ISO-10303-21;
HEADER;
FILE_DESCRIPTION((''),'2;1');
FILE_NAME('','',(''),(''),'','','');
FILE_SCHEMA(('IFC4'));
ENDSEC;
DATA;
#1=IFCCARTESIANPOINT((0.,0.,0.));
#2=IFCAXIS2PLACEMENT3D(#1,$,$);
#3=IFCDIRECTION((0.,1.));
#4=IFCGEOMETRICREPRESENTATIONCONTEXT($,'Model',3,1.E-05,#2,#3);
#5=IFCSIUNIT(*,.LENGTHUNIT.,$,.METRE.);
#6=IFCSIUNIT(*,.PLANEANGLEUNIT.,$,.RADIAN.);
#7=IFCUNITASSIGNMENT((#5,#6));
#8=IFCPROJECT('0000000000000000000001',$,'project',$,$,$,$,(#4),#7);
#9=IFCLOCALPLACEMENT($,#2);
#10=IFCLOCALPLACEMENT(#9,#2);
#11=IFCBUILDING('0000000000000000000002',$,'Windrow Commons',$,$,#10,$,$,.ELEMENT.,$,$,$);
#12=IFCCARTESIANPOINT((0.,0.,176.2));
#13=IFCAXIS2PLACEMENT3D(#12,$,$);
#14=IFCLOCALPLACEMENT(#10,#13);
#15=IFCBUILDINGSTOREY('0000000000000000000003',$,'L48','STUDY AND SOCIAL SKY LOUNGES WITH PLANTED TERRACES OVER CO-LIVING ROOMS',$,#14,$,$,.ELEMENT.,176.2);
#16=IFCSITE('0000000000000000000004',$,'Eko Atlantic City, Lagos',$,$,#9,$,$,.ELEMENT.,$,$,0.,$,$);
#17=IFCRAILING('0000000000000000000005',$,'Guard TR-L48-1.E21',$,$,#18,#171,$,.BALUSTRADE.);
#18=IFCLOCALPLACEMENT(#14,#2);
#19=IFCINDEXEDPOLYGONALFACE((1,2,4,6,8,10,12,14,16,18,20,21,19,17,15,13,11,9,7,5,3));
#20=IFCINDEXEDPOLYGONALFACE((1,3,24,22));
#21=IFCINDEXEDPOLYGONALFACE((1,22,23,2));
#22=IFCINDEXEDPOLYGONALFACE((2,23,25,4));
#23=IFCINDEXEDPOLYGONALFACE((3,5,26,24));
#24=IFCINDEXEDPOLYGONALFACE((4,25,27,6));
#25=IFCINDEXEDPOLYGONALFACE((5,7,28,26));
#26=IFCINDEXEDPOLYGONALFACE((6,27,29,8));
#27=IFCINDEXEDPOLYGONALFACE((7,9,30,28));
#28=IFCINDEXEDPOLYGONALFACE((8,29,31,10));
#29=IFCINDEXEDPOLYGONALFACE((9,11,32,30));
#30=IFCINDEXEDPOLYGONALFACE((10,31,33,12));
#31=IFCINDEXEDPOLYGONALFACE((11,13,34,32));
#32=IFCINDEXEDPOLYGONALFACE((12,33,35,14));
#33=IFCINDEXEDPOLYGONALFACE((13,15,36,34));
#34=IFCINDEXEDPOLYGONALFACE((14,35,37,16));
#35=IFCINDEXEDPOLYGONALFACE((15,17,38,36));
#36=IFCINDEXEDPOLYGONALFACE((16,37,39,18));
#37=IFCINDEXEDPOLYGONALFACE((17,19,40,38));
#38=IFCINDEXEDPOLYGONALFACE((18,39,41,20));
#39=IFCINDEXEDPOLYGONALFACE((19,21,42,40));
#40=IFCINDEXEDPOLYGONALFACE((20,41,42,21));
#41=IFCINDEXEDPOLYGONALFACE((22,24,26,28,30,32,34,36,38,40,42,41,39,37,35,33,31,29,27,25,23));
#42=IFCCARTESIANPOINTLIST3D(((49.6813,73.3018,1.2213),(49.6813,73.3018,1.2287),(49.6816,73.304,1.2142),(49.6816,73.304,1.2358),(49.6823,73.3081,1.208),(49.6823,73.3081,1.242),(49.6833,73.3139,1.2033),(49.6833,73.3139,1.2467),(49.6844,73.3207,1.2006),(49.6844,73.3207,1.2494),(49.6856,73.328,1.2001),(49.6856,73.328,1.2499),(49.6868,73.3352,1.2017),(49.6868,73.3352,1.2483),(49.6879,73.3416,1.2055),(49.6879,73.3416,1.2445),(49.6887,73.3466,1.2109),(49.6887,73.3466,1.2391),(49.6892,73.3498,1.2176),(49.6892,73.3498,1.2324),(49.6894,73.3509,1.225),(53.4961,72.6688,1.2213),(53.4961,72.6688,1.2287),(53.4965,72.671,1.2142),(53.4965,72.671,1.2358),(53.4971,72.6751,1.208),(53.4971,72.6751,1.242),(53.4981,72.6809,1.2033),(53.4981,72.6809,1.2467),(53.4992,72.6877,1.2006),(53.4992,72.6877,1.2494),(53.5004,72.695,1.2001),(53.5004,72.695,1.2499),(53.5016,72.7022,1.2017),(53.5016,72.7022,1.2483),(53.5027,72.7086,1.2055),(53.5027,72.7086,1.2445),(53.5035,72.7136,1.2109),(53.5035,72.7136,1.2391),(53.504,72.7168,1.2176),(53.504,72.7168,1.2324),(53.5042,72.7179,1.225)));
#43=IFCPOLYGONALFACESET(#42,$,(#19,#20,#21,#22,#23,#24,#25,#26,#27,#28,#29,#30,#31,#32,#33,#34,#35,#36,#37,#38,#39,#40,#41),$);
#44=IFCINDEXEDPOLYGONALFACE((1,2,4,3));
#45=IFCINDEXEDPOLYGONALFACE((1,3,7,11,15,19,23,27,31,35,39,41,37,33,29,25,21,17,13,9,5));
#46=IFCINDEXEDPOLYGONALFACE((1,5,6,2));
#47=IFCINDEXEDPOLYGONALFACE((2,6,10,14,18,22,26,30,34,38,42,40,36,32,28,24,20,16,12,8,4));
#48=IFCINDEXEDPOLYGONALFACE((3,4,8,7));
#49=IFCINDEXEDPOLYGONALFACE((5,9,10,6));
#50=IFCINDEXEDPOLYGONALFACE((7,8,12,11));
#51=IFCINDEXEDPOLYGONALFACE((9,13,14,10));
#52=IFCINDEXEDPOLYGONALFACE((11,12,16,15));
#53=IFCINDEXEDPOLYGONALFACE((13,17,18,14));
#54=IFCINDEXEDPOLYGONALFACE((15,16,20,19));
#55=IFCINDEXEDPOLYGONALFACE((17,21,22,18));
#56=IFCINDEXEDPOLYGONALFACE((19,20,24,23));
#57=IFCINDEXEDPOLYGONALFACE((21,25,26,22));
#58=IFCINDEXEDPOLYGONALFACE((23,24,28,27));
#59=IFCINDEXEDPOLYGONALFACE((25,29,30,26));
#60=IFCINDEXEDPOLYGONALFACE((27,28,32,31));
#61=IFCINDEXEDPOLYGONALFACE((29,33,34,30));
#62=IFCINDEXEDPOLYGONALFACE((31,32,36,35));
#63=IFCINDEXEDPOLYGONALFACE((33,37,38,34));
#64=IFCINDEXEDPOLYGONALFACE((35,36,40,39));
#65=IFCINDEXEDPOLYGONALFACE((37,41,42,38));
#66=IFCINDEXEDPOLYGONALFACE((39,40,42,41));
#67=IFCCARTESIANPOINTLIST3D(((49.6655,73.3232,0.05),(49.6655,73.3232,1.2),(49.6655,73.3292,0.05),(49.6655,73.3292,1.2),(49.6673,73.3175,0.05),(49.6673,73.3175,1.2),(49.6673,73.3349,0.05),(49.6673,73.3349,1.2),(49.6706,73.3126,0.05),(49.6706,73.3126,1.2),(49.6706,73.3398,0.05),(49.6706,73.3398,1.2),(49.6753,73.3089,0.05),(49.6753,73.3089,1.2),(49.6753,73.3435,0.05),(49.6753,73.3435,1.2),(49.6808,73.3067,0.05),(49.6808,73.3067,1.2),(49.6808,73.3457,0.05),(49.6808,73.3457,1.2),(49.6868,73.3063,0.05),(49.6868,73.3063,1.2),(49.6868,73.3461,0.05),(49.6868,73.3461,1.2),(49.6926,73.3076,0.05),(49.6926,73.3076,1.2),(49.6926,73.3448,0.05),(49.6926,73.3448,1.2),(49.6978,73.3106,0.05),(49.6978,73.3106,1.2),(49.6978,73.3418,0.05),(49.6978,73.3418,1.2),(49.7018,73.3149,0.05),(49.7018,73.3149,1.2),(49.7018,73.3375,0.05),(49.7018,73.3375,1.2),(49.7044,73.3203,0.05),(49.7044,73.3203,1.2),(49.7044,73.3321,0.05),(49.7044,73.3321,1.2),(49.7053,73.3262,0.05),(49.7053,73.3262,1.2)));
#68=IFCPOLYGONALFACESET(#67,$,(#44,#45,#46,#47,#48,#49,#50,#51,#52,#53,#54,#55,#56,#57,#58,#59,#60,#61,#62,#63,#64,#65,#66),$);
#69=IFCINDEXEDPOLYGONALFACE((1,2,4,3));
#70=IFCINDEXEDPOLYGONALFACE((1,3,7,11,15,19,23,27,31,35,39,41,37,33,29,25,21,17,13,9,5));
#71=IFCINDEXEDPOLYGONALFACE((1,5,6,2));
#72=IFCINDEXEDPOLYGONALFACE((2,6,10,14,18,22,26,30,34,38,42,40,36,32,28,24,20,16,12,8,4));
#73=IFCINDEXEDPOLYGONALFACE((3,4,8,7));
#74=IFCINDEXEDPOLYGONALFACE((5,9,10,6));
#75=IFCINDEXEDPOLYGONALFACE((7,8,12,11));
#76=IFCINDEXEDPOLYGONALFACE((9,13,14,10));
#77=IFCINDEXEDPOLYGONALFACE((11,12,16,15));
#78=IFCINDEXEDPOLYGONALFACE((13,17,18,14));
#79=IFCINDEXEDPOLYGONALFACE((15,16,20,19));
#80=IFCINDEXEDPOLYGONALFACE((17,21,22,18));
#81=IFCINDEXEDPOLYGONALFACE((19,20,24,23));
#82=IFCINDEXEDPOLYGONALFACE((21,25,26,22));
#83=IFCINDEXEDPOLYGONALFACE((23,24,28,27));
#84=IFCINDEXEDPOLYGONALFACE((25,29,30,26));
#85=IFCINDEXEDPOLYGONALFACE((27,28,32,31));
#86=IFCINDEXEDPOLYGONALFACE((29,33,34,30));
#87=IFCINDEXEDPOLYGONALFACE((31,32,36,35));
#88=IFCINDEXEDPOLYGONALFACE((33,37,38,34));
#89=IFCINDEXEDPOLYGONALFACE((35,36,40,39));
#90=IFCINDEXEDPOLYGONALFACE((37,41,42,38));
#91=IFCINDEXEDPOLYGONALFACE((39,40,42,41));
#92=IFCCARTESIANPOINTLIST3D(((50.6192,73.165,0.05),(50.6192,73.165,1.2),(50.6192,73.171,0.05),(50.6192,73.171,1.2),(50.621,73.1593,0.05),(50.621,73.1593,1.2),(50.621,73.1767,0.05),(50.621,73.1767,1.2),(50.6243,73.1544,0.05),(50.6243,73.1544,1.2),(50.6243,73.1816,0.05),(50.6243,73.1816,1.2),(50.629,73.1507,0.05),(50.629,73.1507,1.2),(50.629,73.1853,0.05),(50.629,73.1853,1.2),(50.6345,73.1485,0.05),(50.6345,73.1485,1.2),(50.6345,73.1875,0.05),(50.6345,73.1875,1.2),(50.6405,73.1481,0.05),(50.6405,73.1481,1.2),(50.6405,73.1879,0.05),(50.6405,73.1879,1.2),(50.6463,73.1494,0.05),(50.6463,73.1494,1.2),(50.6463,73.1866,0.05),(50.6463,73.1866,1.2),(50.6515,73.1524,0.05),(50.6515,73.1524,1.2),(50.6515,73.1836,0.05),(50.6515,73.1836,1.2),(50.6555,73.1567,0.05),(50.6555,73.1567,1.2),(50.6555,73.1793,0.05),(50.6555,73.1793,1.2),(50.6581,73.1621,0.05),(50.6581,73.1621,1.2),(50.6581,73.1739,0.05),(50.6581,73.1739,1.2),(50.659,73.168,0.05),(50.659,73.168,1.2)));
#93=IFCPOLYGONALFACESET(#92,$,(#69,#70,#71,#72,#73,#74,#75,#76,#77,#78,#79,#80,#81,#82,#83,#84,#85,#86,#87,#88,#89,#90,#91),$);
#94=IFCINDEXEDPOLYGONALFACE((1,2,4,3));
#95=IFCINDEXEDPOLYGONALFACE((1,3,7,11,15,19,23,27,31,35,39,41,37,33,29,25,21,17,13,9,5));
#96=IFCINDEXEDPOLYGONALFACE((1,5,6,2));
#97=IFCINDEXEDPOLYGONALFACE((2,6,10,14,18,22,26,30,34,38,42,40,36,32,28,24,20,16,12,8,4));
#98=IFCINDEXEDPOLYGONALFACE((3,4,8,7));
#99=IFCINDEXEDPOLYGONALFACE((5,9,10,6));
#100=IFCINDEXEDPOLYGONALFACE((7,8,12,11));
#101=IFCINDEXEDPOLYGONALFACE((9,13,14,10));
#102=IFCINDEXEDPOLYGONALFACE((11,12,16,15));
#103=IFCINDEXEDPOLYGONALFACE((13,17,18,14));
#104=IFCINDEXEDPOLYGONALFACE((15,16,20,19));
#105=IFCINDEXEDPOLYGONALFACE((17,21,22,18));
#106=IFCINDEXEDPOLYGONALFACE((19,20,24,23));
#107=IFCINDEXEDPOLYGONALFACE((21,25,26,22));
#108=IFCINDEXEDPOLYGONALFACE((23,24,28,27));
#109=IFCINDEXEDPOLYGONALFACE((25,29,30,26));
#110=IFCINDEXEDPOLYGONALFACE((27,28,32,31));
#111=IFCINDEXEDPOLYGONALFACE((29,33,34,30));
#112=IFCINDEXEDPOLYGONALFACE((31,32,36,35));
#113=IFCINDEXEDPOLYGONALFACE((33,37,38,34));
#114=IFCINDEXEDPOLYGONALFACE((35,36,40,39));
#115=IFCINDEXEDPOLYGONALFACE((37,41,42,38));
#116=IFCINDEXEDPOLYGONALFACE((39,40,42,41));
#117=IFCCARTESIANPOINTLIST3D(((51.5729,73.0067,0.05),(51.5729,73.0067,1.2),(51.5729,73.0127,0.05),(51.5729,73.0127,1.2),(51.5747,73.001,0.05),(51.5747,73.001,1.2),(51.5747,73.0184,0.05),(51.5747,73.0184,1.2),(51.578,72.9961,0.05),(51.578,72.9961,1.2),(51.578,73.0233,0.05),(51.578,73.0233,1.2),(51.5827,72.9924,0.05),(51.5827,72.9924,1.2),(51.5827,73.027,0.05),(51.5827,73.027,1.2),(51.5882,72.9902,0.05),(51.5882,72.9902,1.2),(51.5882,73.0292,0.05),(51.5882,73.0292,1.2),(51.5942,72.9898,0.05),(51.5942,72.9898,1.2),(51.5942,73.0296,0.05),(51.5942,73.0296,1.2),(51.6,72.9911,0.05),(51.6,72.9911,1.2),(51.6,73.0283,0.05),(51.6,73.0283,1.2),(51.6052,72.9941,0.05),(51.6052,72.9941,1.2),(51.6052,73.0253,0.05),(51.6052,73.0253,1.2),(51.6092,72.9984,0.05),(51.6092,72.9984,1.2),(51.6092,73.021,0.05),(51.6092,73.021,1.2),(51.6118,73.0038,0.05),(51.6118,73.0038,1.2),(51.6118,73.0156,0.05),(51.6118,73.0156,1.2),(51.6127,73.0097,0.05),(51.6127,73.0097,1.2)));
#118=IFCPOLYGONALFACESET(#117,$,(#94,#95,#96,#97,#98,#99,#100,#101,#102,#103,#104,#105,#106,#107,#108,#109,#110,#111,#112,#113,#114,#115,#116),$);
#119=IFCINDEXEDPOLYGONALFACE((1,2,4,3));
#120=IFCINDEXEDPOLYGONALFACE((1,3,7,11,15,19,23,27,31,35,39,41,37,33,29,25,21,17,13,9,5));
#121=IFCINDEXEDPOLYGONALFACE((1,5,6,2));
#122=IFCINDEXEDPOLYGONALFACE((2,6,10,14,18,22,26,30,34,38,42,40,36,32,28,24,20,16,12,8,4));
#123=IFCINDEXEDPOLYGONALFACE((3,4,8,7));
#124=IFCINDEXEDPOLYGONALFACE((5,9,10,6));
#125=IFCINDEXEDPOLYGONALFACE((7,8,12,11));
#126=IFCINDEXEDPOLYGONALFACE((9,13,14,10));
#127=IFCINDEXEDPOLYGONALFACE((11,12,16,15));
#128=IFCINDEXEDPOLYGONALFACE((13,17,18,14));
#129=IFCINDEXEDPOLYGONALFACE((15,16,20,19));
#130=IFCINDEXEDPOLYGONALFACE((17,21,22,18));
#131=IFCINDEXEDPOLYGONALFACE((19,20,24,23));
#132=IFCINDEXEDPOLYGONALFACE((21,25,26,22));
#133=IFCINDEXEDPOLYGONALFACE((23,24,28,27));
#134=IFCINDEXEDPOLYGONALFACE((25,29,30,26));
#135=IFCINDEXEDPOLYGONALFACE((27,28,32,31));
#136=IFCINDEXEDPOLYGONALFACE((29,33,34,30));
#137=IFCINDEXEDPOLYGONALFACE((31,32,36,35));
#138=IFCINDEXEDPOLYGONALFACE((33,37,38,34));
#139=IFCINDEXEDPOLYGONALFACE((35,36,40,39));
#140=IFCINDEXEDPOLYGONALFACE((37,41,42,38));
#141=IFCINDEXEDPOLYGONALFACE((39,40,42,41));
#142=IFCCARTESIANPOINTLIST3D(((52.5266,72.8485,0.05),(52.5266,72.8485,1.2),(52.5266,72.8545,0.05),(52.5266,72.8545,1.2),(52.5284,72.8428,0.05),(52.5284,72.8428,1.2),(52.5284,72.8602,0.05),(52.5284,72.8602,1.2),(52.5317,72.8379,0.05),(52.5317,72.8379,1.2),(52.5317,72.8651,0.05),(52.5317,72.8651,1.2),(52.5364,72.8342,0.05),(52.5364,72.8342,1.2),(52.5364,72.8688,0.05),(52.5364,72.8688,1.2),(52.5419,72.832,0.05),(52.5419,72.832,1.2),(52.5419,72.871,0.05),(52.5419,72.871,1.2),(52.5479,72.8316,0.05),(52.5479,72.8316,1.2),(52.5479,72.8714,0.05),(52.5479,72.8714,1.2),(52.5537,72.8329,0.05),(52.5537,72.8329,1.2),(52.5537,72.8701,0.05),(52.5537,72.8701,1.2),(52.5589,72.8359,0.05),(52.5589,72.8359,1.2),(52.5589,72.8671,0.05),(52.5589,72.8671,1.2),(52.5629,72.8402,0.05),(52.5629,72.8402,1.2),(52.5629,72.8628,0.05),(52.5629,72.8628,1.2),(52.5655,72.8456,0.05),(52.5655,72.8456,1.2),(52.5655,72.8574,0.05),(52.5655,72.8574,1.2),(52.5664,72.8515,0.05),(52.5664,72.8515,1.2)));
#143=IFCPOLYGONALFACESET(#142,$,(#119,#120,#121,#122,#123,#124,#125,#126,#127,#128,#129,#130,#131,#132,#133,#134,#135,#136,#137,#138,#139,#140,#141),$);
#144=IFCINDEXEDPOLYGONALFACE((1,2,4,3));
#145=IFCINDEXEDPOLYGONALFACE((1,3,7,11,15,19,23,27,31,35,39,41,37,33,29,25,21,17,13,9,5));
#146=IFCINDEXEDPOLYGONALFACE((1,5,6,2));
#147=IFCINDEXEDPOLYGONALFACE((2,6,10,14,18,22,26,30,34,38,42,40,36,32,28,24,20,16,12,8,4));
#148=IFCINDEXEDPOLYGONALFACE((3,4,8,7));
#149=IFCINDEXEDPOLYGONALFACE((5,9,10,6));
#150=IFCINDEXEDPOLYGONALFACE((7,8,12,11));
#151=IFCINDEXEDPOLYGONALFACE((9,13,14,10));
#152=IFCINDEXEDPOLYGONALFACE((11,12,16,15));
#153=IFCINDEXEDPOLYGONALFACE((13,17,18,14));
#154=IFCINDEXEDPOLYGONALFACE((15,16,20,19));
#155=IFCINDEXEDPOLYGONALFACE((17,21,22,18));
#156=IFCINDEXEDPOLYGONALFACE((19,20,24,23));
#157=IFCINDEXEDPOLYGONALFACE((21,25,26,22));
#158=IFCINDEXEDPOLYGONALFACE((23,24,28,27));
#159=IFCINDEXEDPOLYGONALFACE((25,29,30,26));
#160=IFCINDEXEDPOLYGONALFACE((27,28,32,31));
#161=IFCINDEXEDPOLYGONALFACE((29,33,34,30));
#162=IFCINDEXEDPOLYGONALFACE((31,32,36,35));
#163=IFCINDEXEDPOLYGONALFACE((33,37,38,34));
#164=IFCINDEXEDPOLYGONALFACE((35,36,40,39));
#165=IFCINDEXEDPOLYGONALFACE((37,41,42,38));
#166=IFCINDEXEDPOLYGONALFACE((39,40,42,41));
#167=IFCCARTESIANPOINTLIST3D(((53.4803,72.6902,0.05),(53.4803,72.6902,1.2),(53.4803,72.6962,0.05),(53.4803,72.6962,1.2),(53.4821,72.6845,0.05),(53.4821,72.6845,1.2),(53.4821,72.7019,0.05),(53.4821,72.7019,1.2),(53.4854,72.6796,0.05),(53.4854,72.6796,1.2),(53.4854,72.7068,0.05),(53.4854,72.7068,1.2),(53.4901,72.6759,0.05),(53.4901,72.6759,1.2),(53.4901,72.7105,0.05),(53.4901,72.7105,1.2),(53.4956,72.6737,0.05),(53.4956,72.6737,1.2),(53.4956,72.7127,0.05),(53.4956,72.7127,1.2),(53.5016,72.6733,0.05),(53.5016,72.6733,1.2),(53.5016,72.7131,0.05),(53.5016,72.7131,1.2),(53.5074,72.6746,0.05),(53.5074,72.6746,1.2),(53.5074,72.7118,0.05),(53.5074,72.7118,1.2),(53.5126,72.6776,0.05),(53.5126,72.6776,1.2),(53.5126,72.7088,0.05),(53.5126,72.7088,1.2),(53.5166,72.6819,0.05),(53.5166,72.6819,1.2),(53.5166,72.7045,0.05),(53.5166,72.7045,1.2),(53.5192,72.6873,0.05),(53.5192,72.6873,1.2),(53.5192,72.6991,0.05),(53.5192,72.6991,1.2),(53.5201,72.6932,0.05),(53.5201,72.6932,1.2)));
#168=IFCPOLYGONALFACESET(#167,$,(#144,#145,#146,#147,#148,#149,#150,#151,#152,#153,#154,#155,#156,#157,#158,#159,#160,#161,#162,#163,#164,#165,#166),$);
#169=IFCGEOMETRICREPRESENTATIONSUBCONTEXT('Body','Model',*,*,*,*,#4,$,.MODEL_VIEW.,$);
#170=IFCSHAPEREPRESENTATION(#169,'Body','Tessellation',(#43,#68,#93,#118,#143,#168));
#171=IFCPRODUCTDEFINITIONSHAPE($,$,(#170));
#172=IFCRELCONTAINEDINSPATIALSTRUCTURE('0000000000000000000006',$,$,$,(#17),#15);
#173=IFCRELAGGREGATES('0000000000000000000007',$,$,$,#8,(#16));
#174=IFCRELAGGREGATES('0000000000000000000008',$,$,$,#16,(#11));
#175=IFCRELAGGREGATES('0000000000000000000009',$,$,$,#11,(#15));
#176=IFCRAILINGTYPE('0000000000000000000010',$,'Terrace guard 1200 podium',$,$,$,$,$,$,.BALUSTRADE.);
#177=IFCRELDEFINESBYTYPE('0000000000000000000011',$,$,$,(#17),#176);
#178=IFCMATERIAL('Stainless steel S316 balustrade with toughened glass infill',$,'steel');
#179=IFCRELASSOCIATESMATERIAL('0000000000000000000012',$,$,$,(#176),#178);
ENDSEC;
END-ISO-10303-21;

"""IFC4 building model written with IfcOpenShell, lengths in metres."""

from ifc_helpers import new_model, si_unit, direction, frame, origin, origin_2d, place, context, subcontext, project, spatial, circle, extrude, material, type_object, element, save


model = new_model("IFC4")

# Units and contexts
model_context = context("Model", 3, precision=1e-05, world=origin(), true_north=direction((0.0, 1.0)))
body_context = subcontext(model_context, "Body", "Model", "MODEL_VIEW")
ifc_project = project(units=[si_unit("LENGTHUNIT", "METRE"), si_unit("PLANEANGLEUNIT", "RADIAN")], contexts=[model_context])

# Site, building, storey
site_placement = place(None, origin())
site = spatial("IfcSite", under=ifc_project, at=site_placement, Name="Eko Atlantic City, Lagos", CompositionType="ELEMENT", RefElevation=0.0)
building_placement = place(site_placement, origin())
building = spatial("IfcBuilding", under=site, at=building_placement, Name="Windrow Commons", CompositionType="ELEMENT")
storey_placement = place(building_placement, frame((0.0, 0.0, 176.2)))
storey = spatial("IfcBuildingStorey", under=building, at=storey_placement, Name="L48", Description="STUDY AND SOCIAL SKY LOUNGES WITH PLANTED TERRACES OVER CO-LIVING ROOMS", CompositionType="ELEMENT", Elevation=176.2)

# Railing
ifc_material_1 = material(Name="Stainless steel S316 balustrade with toughened glass infill", Category="steel")
railing_type = type_object("IfcRailingType", Name="Terrace guard 1200 podium", PredefinedType="BALUSTRADE", material=ifc_material_1)
railing_1_placement = place(storey_placement, frame((49.6853, 73.3262, 0.05)))
element("IfcRailing", 1, at=railing_1_placement, inside=storey, type_object=railing_type, Name="Guard TR-L48-1.E21", PredefinedType="BALUSTRADE", context=body_context, shape_type="SweptSolid", body=[
    extrude(circle(Radius=0.025, at=origin_2d()), frame((0.0, 0.0, 1.175), z_axis=(0.986511, -0.163694, 0.0), x_axis=(0.163694, 0.986511, 0.0)), (0.0, 0.0, 1.0), 3.867),
    extrude(circle(Radius=0.02, at=origin_2d()), origin(), (0.0, 0.0, 1.0), 1.15),
    extrude(circle(Radius=0.02, at=origin_2d()), frame((0.9537, -0.1582, 0.0)), (0.0, 0.0, 1.0), 1.15),
    extrude(circle(Radius=0.02, at=origin_2d()), frame((1.9074, -0.3165, 0.0)), (0.0, 0.0, 1.0), 1.15),
    extrude(circle(Radius=0.02, at=origin_2d()), frame((2.8611, -0.4747, 0.0)), (0.0, 0.0, 1.0), 1.15),
    extrude(circle(Radius=0.02, at=origin_2d()), frame((3.8148, -0.633, 0.0)), (0.0, 0.0, 1.0), 1.15),
])

save(model, "model.ifc")
